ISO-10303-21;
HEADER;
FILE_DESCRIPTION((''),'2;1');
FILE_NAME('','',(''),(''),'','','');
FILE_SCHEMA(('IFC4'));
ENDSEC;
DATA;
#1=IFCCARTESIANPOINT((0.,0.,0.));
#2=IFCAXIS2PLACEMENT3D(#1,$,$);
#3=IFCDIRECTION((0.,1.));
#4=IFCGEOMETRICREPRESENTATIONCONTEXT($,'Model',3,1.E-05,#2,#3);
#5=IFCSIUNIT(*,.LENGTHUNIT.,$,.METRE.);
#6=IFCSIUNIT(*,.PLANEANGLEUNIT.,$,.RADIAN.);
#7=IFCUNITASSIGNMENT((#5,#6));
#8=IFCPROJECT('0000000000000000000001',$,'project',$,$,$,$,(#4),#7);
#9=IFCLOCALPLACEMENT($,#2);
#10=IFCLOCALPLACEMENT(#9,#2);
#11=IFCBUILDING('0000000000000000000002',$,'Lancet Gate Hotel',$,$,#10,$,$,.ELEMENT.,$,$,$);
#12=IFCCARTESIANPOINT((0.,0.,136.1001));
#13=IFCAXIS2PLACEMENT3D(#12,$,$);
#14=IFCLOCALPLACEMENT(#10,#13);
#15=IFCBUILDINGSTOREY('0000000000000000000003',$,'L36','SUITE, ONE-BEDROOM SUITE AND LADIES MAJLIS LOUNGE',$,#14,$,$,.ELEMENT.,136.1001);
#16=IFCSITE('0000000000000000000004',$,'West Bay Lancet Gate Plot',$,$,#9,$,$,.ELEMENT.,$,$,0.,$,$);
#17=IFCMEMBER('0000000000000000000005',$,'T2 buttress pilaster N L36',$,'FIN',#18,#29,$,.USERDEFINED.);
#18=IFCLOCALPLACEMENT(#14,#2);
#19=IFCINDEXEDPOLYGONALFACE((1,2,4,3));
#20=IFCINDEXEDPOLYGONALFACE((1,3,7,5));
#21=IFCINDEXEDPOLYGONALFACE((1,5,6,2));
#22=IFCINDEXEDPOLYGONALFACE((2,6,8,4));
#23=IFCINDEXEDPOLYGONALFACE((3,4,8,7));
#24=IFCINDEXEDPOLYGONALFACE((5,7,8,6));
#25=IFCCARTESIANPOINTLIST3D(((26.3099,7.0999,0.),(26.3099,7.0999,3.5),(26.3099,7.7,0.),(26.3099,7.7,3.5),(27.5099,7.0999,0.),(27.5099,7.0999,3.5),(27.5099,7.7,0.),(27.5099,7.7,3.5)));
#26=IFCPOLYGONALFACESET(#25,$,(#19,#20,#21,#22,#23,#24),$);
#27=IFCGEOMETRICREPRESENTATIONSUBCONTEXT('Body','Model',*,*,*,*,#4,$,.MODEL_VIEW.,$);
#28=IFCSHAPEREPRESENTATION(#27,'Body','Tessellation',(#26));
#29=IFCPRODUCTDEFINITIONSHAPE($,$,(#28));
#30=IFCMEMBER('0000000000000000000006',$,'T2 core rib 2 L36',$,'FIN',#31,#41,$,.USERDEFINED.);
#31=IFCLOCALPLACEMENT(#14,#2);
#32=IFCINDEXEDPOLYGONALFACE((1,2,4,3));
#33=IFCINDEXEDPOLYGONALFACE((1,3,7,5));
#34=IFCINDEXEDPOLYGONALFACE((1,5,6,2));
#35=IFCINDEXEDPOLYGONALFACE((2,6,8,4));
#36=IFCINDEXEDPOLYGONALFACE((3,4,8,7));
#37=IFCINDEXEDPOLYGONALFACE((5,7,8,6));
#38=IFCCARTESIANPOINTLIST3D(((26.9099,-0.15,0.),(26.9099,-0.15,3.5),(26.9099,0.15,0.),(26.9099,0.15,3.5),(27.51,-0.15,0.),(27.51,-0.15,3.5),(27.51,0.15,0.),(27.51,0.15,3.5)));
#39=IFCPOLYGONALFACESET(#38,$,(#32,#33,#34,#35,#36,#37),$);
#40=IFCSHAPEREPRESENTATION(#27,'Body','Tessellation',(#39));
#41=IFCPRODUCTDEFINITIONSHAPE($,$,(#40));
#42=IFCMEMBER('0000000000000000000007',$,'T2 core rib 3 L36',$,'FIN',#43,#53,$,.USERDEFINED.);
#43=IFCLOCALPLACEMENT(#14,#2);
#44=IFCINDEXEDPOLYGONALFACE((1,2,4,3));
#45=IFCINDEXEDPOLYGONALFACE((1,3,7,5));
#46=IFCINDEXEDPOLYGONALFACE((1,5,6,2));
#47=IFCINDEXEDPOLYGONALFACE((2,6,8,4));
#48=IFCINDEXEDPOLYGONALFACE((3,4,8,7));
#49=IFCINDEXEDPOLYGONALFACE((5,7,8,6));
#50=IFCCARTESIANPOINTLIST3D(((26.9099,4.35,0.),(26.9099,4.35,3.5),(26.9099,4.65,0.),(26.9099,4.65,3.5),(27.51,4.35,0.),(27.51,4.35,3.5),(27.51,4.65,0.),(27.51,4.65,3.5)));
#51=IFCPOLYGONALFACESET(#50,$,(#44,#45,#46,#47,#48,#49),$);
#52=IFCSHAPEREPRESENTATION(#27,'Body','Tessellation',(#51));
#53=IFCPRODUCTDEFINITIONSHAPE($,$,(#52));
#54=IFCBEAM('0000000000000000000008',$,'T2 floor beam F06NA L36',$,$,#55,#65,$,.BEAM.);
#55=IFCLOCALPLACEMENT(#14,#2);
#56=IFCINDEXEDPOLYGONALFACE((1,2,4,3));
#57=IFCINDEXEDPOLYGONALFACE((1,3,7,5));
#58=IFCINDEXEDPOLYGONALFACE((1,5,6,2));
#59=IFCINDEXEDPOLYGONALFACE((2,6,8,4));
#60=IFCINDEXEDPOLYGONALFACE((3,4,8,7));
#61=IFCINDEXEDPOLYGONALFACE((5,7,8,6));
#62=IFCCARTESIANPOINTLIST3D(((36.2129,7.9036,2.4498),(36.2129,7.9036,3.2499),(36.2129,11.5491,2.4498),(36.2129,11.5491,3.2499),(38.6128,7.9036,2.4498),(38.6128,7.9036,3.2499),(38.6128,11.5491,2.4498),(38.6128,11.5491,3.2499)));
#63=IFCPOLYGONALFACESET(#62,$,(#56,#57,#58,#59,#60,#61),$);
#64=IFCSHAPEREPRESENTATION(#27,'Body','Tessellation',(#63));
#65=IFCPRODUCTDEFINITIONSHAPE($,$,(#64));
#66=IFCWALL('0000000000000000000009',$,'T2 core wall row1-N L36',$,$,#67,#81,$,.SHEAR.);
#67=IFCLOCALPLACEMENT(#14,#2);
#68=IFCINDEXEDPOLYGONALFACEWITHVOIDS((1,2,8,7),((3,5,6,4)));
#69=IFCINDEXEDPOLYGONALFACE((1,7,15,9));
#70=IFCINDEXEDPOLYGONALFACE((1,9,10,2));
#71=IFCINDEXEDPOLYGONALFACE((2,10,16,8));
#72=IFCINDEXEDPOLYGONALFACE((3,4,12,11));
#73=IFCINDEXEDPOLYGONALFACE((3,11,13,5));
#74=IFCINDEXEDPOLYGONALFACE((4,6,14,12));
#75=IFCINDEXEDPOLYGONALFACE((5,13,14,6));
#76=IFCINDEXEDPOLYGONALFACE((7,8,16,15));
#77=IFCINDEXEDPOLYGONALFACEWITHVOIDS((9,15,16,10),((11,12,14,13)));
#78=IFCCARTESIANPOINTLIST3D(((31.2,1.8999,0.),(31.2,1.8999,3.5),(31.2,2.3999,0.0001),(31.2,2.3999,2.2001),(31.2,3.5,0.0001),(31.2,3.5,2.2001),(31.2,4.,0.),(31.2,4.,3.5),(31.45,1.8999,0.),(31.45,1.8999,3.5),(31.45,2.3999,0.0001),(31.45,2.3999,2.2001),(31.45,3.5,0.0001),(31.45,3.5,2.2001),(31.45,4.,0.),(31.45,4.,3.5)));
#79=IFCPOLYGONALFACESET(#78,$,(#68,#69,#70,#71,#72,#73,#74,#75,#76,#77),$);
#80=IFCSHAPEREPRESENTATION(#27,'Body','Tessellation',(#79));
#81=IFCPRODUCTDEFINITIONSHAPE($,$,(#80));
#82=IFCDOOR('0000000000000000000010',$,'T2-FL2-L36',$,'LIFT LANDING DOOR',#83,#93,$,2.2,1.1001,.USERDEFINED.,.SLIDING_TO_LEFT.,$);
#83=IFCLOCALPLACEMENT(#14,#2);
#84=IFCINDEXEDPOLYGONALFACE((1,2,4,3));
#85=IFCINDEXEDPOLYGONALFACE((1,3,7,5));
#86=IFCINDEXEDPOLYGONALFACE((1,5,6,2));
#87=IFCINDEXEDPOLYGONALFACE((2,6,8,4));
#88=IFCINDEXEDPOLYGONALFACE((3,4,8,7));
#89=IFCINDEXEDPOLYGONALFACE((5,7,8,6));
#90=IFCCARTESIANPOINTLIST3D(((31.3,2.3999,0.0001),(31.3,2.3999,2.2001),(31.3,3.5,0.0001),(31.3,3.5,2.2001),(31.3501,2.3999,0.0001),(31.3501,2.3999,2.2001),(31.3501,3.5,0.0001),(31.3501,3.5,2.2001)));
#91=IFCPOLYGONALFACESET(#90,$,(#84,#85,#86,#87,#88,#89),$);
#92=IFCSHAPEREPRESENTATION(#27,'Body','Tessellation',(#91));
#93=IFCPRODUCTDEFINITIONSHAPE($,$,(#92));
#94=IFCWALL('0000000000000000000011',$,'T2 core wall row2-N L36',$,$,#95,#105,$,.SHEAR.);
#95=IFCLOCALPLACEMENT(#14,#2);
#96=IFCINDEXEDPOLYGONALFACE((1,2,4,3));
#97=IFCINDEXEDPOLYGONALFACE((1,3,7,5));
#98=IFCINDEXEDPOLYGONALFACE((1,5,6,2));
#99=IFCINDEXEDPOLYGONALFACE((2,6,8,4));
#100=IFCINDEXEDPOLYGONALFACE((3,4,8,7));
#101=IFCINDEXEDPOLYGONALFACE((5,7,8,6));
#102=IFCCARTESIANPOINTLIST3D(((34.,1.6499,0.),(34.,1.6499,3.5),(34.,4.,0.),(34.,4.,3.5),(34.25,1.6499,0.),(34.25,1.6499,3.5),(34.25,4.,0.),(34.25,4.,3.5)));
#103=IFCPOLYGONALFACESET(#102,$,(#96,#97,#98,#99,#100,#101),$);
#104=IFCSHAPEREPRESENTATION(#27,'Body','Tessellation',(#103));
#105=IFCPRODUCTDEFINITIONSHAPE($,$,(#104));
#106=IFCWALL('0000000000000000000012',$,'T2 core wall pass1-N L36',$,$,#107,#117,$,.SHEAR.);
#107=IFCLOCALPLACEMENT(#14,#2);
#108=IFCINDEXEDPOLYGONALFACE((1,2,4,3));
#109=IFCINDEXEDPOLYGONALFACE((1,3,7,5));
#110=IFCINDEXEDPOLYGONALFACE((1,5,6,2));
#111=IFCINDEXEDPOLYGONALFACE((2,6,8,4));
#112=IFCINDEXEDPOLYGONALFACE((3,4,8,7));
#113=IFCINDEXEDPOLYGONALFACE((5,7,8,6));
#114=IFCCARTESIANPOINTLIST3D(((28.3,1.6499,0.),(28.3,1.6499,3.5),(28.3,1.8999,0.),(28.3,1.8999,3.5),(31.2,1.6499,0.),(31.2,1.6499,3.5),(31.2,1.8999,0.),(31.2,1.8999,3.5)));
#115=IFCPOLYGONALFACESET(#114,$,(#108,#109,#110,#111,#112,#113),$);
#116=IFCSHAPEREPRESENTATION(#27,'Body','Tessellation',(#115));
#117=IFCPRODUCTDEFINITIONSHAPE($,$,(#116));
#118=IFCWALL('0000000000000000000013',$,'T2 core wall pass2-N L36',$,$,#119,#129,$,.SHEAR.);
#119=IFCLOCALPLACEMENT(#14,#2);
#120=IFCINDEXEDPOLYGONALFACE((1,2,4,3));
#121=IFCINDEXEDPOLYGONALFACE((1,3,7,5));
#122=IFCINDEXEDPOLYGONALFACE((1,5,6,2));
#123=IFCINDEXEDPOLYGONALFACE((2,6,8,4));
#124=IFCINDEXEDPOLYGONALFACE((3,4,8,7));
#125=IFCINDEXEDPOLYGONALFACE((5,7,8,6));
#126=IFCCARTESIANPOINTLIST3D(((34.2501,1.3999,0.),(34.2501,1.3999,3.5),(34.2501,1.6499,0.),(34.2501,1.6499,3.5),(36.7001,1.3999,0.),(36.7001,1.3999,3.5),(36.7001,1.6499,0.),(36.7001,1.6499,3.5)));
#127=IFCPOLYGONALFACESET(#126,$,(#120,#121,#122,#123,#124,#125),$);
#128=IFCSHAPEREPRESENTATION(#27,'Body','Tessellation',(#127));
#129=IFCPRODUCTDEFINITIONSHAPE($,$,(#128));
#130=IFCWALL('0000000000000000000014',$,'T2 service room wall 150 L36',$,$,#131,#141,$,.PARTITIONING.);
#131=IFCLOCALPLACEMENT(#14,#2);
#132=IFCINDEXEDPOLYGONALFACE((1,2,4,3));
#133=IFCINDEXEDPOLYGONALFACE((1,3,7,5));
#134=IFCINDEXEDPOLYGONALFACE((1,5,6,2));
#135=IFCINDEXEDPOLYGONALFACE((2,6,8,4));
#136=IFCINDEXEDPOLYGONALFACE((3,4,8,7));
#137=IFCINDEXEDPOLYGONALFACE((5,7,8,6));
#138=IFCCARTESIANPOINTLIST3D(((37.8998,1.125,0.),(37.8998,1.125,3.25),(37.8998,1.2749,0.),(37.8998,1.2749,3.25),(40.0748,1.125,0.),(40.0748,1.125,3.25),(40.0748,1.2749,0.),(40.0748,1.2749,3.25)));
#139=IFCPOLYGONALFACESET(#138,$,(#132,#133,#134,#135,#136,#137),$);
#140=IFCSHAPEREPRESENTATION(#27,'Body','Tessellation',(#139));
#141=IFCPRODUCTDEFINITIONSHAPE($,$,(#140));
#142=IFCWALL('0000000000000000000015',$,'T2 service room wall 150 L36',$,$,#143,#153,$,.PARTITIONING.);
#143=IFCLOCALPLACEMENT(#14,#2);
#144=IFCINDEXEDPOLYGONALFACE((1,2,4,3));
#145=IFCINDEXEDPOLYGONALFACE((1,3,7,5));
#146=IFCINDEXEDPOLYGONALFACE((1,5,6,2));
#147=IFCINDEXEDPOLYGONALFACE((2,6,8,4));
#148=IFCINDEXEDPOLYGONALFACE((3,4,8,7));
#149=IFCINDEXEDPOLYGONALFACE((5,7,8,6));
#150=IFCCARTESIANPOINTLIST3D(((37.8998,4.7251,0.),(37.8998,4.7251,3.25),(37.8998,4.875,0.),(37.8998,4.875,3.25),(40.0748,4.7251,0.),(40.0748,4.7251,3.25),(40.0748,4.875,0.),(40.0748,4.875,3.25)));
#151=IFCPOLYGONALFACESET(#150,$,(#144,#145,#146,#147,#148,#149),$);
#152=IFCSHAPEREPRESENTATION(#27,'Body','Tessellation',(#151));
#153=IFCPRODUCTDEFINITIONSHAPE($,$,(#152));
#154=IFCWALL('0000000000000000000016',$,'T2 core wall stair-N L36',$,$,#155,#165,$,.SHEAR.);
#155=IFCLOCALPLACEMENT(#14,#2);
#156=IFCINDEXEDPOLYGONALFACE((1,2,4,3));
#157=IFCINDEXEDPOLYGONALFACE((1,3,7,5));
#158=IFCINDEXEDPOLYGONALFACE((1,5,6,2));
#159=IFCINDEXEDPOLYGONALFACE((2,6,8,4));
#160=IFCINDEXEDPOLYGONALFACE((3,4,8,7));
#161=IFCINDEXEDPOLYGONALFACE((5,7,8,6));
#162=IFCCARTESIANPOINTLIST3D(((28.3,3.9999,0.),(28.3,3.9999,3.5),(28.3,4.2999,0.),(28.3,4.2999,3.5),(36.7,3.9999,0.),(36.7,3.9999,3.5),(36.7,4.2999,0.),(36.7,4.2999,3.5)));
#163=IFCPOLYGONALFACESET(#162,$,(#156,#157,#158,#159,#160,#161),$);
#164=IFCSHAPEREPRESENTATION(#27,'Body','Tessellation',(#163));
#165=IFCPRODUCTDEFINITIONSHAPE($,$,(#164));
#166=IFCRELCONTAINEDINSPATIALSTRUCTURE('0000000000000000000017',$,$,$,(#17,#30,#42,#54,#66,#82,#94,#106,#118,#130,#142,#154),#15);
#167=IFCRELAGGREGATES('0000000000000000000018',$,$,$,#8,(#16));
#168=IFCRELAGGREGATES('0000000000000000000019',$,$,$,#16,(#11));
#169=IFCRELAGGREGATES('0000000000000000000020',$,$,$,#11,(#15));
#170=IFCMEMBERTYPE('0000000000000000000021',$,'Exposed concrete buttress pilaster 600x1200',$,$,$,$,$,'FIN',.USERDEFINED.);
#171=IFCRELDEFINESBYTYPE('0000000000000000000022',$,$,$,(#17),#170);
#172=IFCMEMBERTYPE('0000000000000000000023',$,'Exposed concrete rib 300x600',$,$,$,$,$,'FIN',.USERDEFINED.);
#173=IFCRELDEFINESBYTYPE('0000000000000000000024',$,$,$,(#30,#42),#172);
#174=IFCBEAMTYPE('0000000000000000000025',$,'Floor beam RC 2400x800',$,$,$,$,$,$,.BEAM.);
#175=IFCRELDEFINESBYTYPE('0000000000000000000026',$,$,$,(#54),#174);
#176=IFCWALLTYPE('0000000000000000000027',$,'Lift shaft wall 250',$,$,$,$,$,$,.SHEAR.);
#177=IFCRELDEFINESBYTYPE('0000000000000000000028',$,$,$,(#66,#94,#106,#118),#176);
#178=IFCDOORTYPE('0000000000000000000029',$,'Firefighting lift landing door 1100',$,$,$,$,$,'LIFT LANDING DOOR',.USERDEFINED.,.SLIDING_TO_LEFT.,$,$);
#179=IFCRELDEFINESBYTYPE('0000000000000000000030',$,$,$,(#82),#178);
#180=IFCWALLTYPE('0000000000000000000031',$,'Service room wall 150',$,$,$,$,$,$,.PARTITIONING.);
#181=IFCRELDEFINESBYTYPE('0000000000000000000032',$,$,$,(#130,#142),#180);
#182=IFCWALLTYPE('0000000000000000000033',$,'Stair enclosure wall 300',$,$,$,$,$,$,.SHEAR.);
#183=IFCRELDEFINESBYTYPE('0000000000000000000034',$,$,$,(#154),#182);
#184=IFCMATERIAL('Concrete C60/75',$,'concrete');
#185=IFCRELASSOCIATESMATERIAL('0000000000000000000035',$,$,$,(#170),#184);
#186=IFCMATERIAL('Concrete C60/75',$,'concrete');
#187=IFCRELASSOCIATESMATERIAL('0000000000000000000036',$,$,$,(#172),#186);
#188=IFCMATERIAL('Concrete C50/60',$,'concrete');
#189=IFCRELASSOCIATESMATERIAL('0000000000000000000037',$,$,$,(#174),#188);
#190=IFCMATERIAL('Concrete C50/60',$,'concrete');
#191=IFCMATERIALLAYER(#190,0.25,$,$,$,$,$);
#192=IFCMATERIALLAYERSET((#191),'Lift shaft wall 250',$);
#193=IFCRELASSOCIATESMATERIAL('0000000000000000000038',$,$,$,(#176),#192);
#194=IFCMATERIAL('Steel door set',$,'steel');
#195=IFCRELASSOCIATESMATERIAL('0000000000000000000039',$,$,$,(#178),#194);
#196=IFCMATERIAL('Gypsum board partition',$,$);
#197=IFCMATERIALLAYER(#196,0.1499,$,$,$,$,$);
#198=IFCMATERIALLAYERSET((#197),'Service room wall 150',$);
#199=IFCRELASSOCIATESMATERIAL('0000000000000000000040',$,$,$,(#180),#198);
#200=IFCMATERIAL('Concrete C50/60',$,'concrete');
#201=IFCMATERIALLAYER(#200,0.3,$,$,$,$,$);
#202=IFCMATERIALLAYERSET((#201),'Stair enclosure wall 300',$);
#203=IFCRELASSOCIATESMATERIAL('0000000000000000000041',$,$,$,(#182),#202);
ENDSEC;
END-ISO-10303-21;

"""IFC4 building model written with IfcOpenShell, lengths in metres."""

from ifc_helpers import new_model, si_unit, direction, frame, frame_2d, origin, origin_2d, place, context, subcontext, project, spatial, rectangle, extrude, material, layer, layer_set, material_profile, profile_set, type_object, element, fill, save


model = new_model("IFC4")

# Units and contexts
model_context = context("Model", 3, precision=1e-05, world=origin(), true_north=direction((0.0, 1.0)))
body_context = subcontext(model_context, "Body", "Model", "MODEL_VIEW")
ifc_project = project(units=[si_unit("LENGTHUNIT", "METRE"), si_unit("PLANEANGLEUNIT", "RADIAN")], contexts=[model_context])

# Site, building, storey
site_placement = place(None, origin())
site = spatial("IfcSite", under=ifc_project, at=site_placement, Name="West Bay Lancet Gate Plot", CompositionType="ELEMENT", RefElevation=0.0)
building_placement = place(site_placement, origin())
building = spatial("IfcBuilding", under=site, at=building_placement, Name="Lancet Gate Hotel", CompositionType="ELEMENT")
storey_placement = place(building_placement, frame((0.0, 0.0, 136.1001)))
storey = spatial("IfcBuildingStorey", under=building, at=storey_placement, Name="L36", Description="SUITE, ONE-BEDROOM SUITE AND LADIES MAJLIS LOUNGE", CompositionType="ELEMENT", Elevation=136.1001)

# Members
ifc_material_1 = material(Name="Concrete C60/75", Category="concrete")
ifc_material_profile_1 = material_profile(ifc_material_1, rectangle(XDim=0.6001, YDim=1.2, at=origin_2d()), Name="FIN 600x1200")
ifc_profile_set_1 = profile_set([ifc_material_profile_1], Name="Concrete C60/75")
member_type_1 = type_object("IfcMemberType", Name="Exposed concrete buttress pilaster 600x1200", ElementType="FIN", PredefinedType="USERDEFINED", material=ifc_profile_set_1)
member_placement = place(storey_placement, frame((26.9099, 7.3999, 0.0), z_axis=(0.0, 0.0, 1.0), x_axis=(0.0, 1.0, 0.0)))
element("IfcMember", 1, at=member_placement, inside=storey, type_object=member_type_1, Name="T2 buttress pilaster N L36", ObjectType="FIN", PredefinedType="USERDEFINED", context=body_context, shape_type="SweptSolid", body=[
    extrude(rectangle(XDim=0.6001, YDim=1.2, at=origin_2d()), origin(), (0.0, 0.0, 1.0), 3.5),
])
ifc_material_2 = material(Name="Concrete C60/75", Category="concrete")
ifc_material_profile_2 = material_profile(ifc_material_2, rectangle(XDim=0.3, YDim=0.6001, at=origin_2d()), Name="FIN 300x600")
ifc_profile_set_2 = profile_set([ifc_material_profile_2], Name="Concrete C60/75")
member_type_2 = type_object("IfcMemberType", Name="Exposed concrete rib 300x600", ElementType="FIN", PredefinedType="USERDEFINED", material=ifc_profile_set_2)
for number, where, z_axis, x_axis, name in (
    (2, (27.21, 0.0, 0.0), (0.0, 0.0, 1.0), (0.0, 1.0, 0.0), "T2 core rib 2 L36"),
    (3, (27.21, 4.5, 0.0), (0.0, 0.0, 1.0), (0.0, 1.0, 0.0), "T2 core rib 3 L36"),
):
    element("IfcMember", number, at=place(storey_placement, frame(where, z_axis=z_axis, x_axis=x_axis)), inside=storey, type_object=member_type_2, Name=name, ObjectType="FIN", PredefinedType="USERDEFINED", context=body_context, shape_type="SweptSolid", body=[
        extrude(rectangle(XDim=0.3, YDim=0.6001, at=origin_2d()), origin(), (0.0, 0.0, 1.0), 3.5),
    ])

# Beam
ifc_material_3 = material(Name="Concrete C50/60", Category="concrete")
ifc_material_profile_3 = material_profile(ifc_material_3, rectangle(XDim=2.3999, YDim=0.8, at=origin_2d()), Name="RC 2400x800")
ifc_profile_set_3 = profile_set([ifc_material_profile_3], Name="Concrete C50/60")
beam_type = type_object("IfcBeamType", Name="Floor beam RC 2400x800", PredefinedType="BEAM", material=ifc_profile_set_3)
beam_placement = place(storey_placement, frame((37.4128, 7.9036, 2.8499), z_axis=(0.0, 1.0, 0.0), x_axis=(-1.0, 0.0, 0.0)))
element("IfcBeam", 4, at=beam_placement, inside=storey, type_object=beam_type, Name="T2 floor beam F06NA L36", PredefinedType="BEAM", context=body_context, shape_type="SweptSolid", body=[
    extrude(rectangle(XDim=2.3999, YDim=0.8, at=origin_2d()), origin(), (0.0, 0.0, 1.0), 3.6455),
])

# Wall, opening, door
ifc_material_4 = material(Name="Concrete C50/60", Category="concrete")
ifc_layer_1 = layer(ifc_material_4, 0.25)
ifc_layer_set_1 = layer_set([ifc_layer_1], Name="Lift shaft wall 250")
wall_type_1 = type_object("IfcWallType", Name="Lift shaft wall 250", PredefinedType="SHEAR", material=ifc_layer_set_1)
wall_1_placement = place(storey_placement, frame((31.325, 1.8999, 0.0), z_axis=(0.0, 0.0, 1.0), x_axis=(0.0, 1.0, 0.0)))
wall_1 = element("IfcWall", 5, at=wall_1_placement, inside=storey, type_object=wall_type_1, Name="T2 core wall row1-N L36", PredefinedType="SHEAR", context=body_context, shape_type="SweptSolid", body=[
    extrude(rectangle(XDim=2.1001, YDim=0.25, at=frame_2d((1.05, 0.0))), origin(), (0.0, 0.0, 1.0), 3.5),
])
opening_placement = place(wall_1_placement, frame((0.5, 0.0, 0.0)))
opening = element("IfcOpeningElement", 6, at=opening_placement, cuts=wall_1, PredefinedType="OPENING", context=body_context, shape_type="SweptSolid", body=[
    extrude(rectangle(XDim=1.1001, YDim=2.2, at=frame_2d((0.55, 1.1001))), frame((0.0, 0.135, 0.0), z_axis=(0.0, -1.0, 0.0), x_axis=(1.0, 0.0, 0.0)), (0.0, 0.0, 1.0), 0.27),
])
ifc_material_5 = material(Name="Steel door set", Category="steel")
door_type = type_object("IfcDoorType", Name="Firefighting lift landing door 1100", ElementType="LIFT LANDING DOOR", OperationType="SLIDING_TO_LEFT", PredefinedType="USERDEFINED", material=ifc_material_5)
door_placement = place(opening_placement, origin())
door = element("IfcDoor", 7, at=door_placement, inside=storey, type_object=door_type, Name="T2-FL2-L36", ObjectType="LIFT LANDING DOOR", OperationType="SLIDING_TO_LEFT", OverallHeight=2.2, OverallWidth=1.1001, PredefinedType="USERDEFINED", context=body_context, shape_type="SweptSolid", body=[
    extrude(rectangle(XDim=1.1001, YDim=2.2, at=frame_2d((0.55, 1.1001))), frame((0.0, 0.0249, 0.0), z_axis=(0.0, -1.0, 0.0), x_axis=(1.0, 0.0, 0.0)), (0.0, 0.0, 1.0), 0.05),
])
fill(opening, door)

# Walls
wall_2_placement = place(storey_placement, frame((34.125, 1.6499, 0.0), z_axis=(0.0, 0.0, 1.0), x_axis=(0.0, 1.0, 0.0)))
element("IfcWall", 8, at=wall_2_placement, inside=storey, type_object=wall_type_1, Name="T2 core wall row2-N L36", PredefinedType="SHEAR", context=body_context, shape_type="SweptSolid", body=[
    extrude(rectangle(XDim=2.3501, YDim=0.25, at=frame_2d((1.175, 0.0))), origin(), (0.0, 0.0, 1.0), 3.5),
])
wall_3_placement = place(storey_placement, frame((28.3, 1.7749, 0.0), z_axis=(0.0, 0.0, 1.0), x_axis=(1.0, 0.0, 0.0)))
element("IfcWall", 9, at=wall_3_placement, inside=storey, type_object=wall_type_1, Name="T2 core wall pass1-N L36", PredefinedType="SHEAR", context=body_context, shape_type="SweptSolid", body=[
    extrude(rectangle(XDim=2.8999, YDim=0.25, at=frame_2d((1.45, 0.0))), origin(), (0.0, 0.0, 1.0), 3.5),
])
wall_4_placement = place(storey_placement, frame((34.25, 1.5249, 0.0), z_axis=(0.0, 0.0, 1.0), x_axis=(1.0, 0.0, 0.0)))
element("IfcWall", 10, at=wall_4_placement, inside=storey, type_object=wall_type_1, Name="T2 core wall pass2-N L36", PredefinedType="SHEAR", context=body_context, shape_type="SweptSolid", body=[
    extrude(rectangle(XDim=2.45, YDim=0.25, at=frame_2d((1.2251, 0.0))), origin(), (0.0, 0.0, 1.0), 3.5),
])
ifc_material_6 = material(Name="Gypsum board partition")
ifc_layer_2 = layer(ifc_material_6, 0.1499)
ifc_layer_set_2 = layer_set([ifc_layer_2], Name="Service room wall 150")
wall_type_2 = type_object("IfcWallType", Name="Service room wall 150", PredefinedType="PARTITIONING", material=ifc_layer_set_2)
for number, where, z_axis, x_axis, name in (
    (11, (37.8999, 1.2, 0.0), (0.0, 0.0, 1.0), (1.0, 0.0, 0.0), "T2 service room wall 150 L36"),
    (12, (37.8999, 4.8, 0.0), (0.0, 0.0, 1.0), (1.0, 0.0, 0.0), "T2 service room wall 150 L36"),
):
    element("IfcWall", number, at=place(storey_placement, frame(where, z_axis=z_axis, x_axis=x_axis)), inside=storey, type_object=wall_type_2, Name=name, PredefinedType="PARTITIONING", context=body_context, shape_type="SweptSolid", body=[
        extrude(rectangle(XDim=2.175, YDim=0.1499, at=frame_2d((1.0874, 0.0))), origin(), (0.0, 0.0, 1.0), 3.25),
    ])
ifc_material_7 = material(Name="Concrete C50/60", Category="concrete")
ifc_layer_3 = layer(ifc_material_7, 0.3)
ifc_layer_set_3 = layer_set([ifc_layer_3], Name="Stair enclosure wall 300")
wall_type_3 = type_object("IfcWallType", Name="Stair enclosure wall 300", PredefinedType="SHEAR", material=ifc_layer_set_3)
wall_5_placement = place(storey_placement, frame((28.3, 4.1499, 0.0), z_axis=(0.0, 0.0, 1.0), x_axis=(1.0, 0.0, 0.0)))
element("IfcWall", 13, at=wall_5_placement, inside=storey, type_object=wall_type_3, Name="T2 core wall stair-N L36", PredefinedType="SHEAR", context=body_context, shape_type="SweptSolid", body=[
    extrude(rectangle(XDim=8.3999, YDim=0.3, at=frame_2d((4.2, 0.0))), origin(), (0.0, 0.0, 1.0), 3.5),
])

save(model, "model.ifc")
